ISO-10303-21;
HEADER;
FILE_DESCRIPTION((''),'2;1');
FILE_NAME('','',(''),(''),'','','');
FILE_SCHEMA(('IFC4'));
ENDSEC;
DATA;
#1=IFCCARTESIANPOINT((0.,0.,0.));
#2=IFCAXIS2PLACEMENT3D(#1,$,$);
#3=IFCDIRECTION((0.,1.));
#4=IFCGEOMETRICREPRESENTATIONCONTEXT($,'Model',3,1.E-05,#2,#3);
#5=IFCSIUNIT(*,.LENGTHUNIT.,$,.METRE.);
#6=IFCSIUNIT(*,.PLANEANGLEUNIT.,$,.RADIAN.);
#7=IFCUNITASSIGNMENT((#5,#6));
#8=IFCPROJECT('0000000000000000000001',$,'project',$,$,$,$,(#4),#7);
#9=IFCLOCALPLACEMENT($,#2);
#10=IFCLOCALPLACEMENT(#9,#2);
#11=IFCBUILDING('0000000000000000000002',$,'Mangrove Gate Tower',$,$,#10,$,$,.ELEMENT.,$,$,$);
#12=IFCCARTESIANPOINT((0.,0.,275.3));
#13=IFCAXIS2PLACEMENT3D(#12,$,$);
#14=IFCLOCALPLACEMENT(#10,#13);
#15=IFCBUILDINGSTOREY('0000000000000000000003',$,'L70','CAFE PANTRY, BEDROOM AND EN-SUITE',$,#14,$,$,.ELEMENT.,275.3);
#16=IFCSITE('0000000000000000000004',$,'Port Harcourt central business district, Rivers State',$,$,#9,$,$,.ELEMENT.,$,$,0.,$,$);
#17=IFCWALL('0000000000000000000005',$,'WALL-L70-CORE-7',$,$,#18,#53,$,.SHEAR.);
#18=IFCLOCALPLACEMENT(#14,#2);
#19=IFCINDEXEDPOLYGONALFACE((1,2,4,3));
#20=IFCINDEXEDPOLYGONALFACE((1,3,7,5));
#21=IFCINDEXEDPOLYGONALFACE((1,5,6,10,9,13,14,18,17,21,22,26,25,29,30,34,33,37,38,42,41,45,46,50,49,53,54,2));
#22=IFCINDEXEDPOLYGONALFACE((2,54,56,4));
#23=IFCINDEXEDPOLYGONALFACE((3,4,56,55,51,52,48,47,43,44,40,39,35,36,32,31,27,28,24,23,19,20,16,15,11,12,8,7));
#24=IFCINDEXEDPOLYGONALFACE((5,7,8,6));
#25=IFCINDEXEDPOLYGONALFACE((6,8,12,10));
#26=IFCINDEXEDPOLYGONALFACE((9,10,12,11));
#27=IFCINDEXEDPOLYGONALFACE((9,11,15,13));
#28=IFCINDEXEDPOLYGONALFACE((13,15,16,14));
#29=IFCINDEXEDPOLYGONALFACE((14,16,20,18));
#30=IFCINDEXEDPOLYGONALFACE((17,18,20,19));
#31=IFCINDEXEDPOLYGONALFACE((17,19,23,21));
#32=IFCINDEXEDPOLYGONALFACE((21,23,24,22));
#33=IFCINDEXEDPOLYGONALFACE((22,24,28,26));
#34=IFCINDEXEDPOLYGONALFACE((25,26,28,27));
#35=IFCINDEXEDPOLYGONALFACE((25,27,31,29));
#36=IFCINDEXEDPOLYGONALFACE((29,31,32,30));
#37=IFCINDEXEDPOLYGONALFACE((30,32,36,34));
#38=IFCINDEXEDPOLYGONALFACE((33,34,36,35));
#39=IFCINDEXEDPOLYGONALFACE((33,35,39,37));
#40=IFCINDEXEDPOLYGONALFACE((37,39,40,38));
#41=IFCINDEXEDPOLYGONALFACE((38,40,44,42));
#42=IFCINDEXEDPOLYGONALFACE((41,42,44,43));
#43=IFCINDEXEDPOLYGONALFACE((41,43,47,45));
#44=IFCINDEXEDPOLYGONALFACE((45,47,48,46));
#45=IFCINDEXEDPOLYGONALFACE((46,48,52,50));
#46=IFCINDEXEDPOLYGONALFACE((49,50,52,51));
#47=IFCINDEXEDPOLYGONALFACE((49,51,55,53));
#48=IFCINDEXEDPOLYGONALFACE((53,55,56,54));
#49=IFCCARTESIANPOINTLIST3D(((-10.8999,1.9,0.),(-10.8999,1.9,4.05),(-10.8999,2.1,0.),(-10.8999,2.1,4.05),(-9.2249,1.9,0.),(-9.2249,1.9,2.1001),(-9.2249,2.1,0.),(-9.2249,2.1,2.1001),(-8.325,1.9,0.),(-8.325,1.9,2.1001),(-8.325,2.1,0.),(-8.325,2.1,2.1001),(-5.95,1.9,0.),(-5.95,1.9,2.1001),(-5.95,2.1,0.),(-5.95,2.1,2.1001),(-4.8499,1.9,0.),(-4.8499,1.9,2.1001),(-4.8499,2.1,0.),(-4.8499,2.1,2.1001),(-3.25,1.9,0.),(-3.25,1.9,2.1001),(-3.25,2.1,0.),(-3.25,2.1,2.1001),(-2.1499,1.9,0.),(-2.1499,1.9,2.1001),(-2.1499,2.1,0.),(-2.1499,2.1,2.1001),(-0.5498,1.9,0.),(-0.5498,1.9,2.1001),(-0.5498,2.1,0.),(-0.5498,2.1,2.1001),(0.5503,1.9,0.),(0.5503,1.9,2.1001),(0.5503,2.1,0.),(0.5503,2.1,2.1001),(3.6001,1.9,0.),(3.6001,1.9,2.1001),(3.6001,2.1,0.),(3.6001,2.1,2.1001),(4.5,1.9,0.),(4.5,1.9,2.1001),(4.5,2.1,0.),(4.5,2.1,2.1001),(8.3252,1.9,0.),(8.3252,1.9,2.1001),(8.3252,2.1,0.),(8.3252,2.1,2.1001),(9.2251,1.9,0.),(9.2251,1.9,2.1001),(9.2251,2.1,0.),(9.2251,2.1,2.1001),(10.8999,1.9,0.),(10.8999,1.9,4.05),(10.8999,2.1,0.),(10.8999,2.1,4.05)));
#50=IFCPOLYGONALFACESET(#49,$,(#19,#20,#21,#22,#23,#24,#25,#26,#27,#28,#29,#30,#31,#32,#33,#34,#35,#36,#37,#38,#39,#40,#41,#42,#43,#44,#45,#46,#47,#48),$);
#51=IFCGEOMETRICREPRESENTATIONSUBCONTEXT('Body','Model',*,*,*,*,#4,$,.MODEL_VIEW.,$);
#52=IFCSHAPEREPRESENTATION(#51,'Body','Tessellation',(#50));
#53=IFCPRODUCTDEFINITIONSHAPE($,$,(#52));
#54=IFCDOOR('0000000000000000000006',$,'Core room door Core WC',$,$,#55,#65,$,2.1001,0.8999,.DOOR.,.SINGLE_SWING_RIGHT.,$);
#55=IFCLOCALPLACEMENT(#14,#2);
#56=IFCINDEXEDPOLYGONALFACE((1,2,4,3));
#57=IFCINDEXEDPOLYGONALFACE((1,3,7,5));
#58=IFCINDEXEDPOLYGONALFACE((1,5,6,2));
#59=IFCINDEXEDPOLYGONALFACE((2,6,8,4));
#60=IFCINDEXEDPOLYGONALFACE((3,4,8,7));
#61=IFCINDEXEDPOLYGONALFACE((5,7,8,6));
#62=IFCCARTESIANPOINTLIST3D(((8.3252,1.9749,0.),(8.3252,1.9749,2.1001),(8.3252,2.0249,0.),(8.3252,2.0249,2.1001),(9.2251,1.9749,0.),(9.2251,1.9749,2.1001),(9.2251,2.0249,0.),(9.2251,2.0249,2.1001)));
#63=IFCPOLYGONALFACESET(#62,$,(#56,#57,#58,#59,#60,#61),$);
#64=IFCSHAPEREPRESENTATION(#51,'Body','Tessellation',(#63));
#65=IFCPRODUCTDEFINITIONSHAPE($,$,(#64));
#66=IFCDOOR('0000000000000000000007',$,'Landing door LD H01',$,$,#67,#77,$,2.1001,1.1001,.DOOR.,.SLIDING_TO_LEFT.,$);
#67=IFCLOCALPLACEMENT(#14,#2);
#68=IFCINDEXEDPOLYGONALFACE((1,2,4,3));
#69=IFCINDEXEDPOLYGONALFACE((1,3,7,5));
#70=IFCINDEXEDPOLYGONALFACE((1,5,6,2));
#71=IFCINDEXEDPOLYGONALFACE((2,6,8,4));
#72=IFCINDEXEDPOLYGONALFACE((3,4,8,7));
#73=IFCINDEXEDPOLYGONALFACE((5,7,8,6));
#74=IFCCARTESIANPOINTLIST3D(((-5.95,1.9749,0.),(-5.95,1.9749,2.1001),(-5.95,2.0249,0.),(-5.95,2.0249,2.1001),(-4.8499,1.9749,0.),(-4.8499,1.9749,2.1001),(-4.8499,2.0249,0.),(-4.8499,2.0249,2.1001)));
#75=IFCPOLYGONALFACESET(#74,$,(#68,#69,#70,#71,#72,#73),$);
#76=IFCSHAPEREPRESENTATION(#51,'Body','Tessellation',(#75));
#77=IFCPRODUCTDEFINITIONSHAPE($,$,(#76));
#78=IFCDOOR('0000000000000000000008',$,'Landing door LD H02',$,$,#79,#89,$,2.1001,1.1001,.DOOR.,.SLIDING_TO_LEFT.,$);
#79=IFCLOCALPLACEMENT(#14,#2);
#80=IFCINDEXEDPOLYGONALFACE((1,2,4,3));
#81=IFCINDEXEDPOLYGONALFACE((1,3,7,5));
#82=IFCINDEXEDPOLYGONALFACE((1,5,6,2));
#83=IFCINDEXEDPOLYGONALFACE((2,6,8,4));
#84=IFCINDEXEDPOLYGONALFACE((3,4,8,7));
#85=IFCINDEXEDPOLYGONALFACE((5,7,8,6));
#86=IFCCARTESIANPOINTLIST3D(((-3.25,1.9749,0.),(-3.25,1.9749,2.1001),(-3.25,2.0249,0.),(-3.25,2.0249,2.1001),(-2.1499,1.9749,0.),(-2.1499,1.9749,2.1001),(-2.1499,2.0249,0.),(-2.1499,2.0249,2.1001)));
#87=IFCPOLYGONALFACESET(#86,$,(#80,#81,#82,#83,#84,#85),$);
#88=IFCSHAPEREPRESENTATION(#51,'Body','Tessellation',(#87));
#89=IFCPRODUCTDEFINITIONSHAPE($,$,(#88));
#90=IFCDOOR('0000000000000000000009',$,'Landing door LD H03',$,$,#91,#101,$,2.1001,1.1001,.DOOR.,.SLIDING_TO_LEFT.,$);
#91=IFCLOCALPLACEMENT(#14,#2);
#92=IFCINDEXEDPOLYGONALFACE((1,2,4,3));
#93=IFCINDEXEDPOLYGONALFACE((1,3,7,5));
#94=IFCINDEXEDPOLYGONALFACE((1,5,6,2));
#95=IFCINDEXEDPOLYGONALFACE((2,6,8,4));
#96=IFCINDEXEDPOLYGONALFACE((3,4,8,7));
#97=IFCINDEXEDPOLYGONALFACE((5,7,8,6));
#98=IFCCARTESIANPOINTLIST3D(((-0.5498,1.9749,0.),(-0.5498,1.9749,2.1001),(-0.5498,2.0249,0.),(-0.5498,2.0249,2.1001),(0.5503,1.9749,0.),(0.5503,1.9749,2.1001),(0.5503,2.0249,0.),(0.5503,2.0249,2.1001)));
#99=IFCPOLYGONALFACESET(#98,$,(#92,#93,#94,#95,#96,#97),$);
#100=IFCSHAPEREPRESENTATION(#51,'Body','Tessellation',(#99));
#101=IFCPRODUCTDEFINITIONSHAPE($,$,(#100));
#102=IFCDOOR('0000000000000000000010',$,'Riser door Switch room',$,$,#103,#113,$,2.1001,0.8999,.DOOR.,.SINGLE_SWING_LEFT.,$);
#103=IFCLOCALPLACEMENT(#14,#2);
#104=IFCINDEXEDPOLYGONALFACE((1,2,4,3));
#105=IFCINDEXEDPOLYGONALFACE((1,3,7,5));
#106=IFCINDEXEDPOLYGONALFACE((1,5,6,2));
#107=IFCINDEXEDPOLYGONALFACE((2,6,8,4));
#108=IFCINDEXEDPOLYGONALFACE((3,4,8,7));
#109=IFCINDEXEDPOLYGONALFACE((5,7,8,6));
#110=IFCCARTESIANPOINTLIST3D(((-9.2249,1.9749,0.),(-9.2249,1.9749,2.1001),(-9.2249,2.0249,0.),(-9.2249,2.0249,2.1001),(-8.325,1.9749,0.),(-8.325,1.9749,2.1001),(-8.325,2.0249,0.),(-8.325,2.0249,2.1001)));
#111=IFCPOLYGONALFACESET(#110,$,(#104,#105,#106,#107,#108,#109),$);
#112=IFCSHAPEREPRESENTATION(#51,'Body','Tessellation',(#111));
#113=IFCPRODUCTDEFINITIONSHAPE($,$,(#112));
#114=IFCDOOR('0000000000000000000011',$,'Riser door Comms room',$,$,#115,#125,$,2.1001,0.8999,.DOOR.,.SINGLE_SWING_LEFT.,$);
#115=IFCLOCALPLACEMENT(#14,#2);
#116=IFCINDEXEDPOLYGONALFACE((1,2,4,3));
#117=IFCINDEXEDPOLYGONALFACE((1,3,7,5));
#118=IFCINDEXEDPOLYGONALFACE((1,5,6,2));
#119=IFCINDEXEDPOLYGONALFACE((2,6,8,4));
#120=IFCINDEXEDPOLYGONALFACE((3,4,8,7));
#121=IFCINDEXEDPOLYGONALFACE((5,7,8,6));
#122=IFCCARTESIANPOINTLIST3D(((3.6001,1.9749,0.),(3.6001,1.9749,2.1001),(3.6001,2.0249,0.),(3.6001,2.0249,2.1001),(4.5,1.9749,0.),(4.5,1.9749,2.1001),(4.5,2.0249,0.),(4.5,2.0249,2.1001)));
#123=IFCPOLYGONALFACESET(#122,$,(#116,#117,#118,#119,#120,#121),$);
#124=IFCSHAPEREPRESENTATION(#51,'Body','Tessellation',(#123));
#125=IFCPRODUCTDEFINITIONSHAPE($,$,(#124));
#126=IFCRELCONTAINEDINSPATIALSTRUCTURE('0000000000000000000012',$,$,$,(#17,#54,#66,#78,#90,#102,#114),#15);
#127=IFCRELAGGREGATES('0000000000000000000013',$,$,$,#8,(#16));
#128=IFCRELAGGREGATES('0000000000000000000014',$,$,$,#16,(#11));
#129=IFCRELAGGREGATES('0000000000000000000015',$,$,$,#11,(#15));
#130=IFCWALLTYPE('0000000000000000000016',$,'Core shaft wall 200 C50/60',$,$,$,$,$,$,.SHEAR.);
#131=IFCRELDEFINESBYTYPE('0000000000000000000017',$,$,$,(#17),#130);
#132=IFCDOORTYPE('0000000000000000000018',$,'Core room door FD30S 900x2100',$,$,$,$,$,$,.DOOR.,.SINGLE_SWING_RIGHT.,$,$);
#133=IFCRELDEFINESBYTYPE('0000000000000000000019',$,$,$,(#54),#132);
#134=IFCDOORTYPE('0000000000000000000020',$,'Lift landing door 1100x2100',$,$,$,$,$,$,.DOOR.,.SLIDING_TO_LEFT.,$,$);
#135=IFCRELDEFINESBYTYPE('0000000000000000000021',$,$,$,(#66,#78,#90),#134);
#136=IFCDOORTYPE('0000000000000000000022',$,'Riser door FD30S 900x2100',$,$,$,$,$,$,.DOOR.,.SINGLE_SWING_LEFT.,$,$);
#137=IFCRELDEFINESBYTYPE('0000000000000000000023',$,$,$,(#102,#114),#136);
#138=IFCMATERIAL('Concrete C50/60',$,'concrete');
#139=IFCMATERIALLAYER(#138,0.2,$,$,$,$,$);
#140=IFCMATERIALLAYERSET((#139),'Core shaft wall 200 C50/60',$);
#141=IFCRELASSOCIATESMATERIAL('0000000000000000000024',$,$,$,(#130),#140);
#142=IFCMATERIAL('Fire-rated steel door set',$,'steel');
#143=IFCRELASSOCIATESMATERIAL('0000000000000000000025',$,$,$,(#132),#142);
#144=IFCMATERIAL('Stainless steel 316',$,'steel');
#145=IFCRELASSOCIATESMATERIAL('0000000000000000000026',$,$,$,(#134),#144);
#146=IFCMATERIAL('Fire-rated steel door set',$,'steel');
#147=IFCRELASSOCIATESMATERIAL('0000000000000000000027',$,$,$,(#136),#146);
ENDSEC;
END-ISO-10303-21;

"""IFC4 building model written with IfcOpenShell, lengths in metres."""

from ifc_helpers import new_model, si_unit, direction, frame, frame_2d, origin, place, context, subcontext, project, spatial, rectangle, extrude, material, layer, layer_set, type_object, element, fill, save


model = new_model("IFC4")

# Units and contexts
model_context = context("Model", 3, precision=1e-05, world=origin(), true_north=direction((0.0, 1.0)))
body_context = subcontext(model_context, "Body", "Model", "MODEL_VIEW")
ifc_project = project(units=[si_unit("LENGTHUNIT", "METRE"), si_unit("PLANEANGLEUNIT", "RADIAN")], contexts=[model_context])

# Site, building, storey
site_placement = place(None, origin())
site = spatial("IfcSite", under=ifc_project, at=site_placement, Name="Port Harcourt central business district, Rivers State", CompositionType="ELEMENT", RefElevation=0.0)
building_placement = place(site_placement, origin())
building = spatial("IfcBuilding", under=site, at=building_placement, Name="Mangrove Gate Tower", CompositionType="ELEMENT")
storey_placement = place(building_placement, frame((0.0, 0.0, 275.3)))
storey = spatial("IfcBuildingStorey", under=building, at=storey_placement, Name="L70", Description="CAFE PANTRY, BEDROOM AND EN-SUITE", CompositionType="ELEMENT", Elevation=275.3)

# Shared definitions
ifc_material_1 = material(Name="Concrete C50/60", Category="concrete")
ifc_layer_1 = layer(ifc_material_1, 0.2)
ifc_layer_set_1 = layer_set([ifc_layer_1], Name="Core shaft wall 200 C50/60")
wall_type_1 = type_object("IfcWallType", Name="Core shaft wall 200 C50/60", PredefinedType="SHEAR", material=ifc_layer_set_1)

# Wall, openings, doors
wall_1_placement = place(storey_placement, frame((-10.8999, 2.0, 0.0), z_axis=(0.0, 0.0, 1.0), x_axis=(1.0, 0.0, 0.0)))
wall_1 = element("IfcWall", 1, at=wall_1_placement, inside=storey, type_object=wall_type_1, Name="WALL-L70-CORE-7", PredefinedType="SHEAR", context=body_context, shape_type="SweptSolid", body=[
    extrude(rectangle(XDim=21.7998, YDim=0.2, at=frame_2d((10.8999, 0.0))), origin(), (0.0, 0.0, 1.0), 4.05),
])
opening_1_placement = place(wall_1_placement, frame((4.95, 0.0, 0.0)))
opening_1 = element("IfcOpeningElement", 2, at=opening_1_placement, cuts=wall_1, PredefinedType="OPENING", context=body_context, shape_type="SweptSolid", body=[
    extrude(rectangle(XDim=1.1001, YDim=2.1001, at=frame_2d((0.55, 1.05))), frame((0.0, 0.1099, 0.0), z_axis=(0.0, -1.0, 0.0), x_axis=(1.0, 0.0, 0.0)), (0.0, 0.0, 1.0), 0.22),
])
opening_2_placement = place(wall_1_placement, frame((7.6499, 0.0, 0.0)))
opening_2 = element("IfcOpeningElement", 3, at=opening_2_placement, cuts=wall_1, PredefinedType="OPENING", context=body_context, shape_type="SweptSolid", body=[
    extrude(rectangle(XDim=1.1001, YDim=2.1001, at=frame_2d((0.55, 1.05))), frame((0.0, 0.1099, 0.0), z_axis=(0.0, -1.0, 0.0), x_axis=(1.0, 0.0, 0.0)), (0.0, 0.0, 1.0), 0.22),
])
opening_3_placement = place(wall_1_placement, frame((10.3501, 0.0, 0.0)))
opening_3 = element("IfcOpeningElement", 4, at=opening_3_placement, cuts=wall_1, PredefinedType="OPENING", context=body_context, shape_type="SweptSolid", body=[
    extrude(rectangle(XDim=1.1001, YDim=2.1001, at=frame_2d((0.55, 1.05))), frame((0.0, 0.1099, 0.0), z_axis=(0.0, -1.0, 0.0), x_axis=(1.0, 0.0, 0.0)), (0.0, 0.0, 1.0), 0.22),
])
opening_4_placement = place(wall_1_placement, frame((1.675, 0.0, 0.0)))
opening_4 = element("IfcOpeningElement", 5, at=opening_4_placement, cuts=wall_1, PredefinedType="OPENING", context=body_context, shape_type="SweptSolid", body=[
    extrude(rectangle(XDim=0.8999, YDim=2.1001, at=frame_2d((0.45, 1.05))), frame((0.0, 0.1099, 0.0), z_axis=(0.0, -1.0, 0.0), x_axis=(1.0, 0.0, 0.0)), (0.0, 0.0, 1.0), 0.22),
])
opening_5_placement = place(wall_1_placement, frame((14.5, 0.0, 0.0)))
opening_5 = element("IfcOpeningElement", 6, at=opening_5_placement, cuts=wall_1, PredefinedType="OPENING", context=body_context, shape_type="SweptSolid", body=[
    extrude(rectangle(XDim=0.8999, YDim=2.1001, at=frame_2d((0.45, 1.05))), frame((0.0, 0.1099, 0.0), z_axis=(0.0, -1.0, 0.0), x_axis=(1.0, 0.0, 0.0)), (0.0, 0.0, 1.0), 0.22),
])
opening_6_placement = place(wall_1_placement, frame((19.2251, 0.0, 0.0)))
opening_6 = element("IfcOpeningElement", 7, at=opening_6_placement, cuts=wall_1, PredefinedType="OPENING", context=body_context, shape_type="SweptSolid", body=[
    extrude(rectangle(XDim=0.8999, YDim=2.1001, at=frame_2d((0.45, 1.05))), frame((0.0, 0.1099, 0.0), z_axis=(0.0, -1.0, 0.0), x_axis=(1.0, 0.0, 0.0)), (0.0, 0.0, 1.0), 0.22),
])
ifc_material_2 = material(Name="Fire-rated steel door set", Category="steel")
door_type_1 = type_object("IfcDoorType", Name="Core room door FD30S 900x2100", OperationType="SINGLE_SWING_RIGHT", PredefinedType="DOOR", material=ifc_material_2)
door_1_placement = place(opening_6_placement, origin())
door_1 = element("IfcDoor", 8, at=door_1_placement, inside=storey, type_object=door_type_1, Name="Core room door Core WC", OperationType="SINGLE_SWING_RIGHT", OverallHeight=2.1001, OverallWidth=0.8999, PredefinedType="DOOR", context=body_context, shape_type="SweptSolid", body=[
    extrude(rectangle(XDim=0.8999, YDim=2.1001, at=frame_2d((0.45, 1.05))), frame((0.0, 0.0249, 0.0), z_axis=(0.0, -1.0, 0.0), x_axis=(1.0, 0.0, 0.0)), (0.0, 0.0, 1.0), 0.05),
])
fill(opening_6, door_1)
ifc_material_3 = material(Name="Stainless steel 316", Category="steel")
door_type_2 = type_object("IfcDoorType", Name="Lift landing door 1100x2100", OperationType="SLIDING_TO_LEFT", PredefinedType="DOOR", material=ifc_material_3)
door_2_placement = place(opening_1_placement, origin())
door_2 = element("IfcDoor", 9, at=door_2_placement, inside=storey, type_object=door_type_2, Name="Landing door LD H01", OperationType="SLIDING_TO_LEFT", OverallHeight=2.1001, OverallWidth=1.1001, PredefinedType="DOOR", context=body_context, shape_type="SweptSolid", body=[
    extrude(rectangle(XDim=1.1001, YDim=2.1001, at=frame_2d((0.55, 1.05))), frame((0.0, 0.0249, 0.0), z_axis=(0.0, -1.0, 0.0), x_axis=(1.0, 0.0, 0.0)), (0.0, 0.0, 1.0), 0.05),
])
fill(opening_1, door_2)
door_3_placement = place(opening_2_placement, origin())
door_3 = element("IfcDoor", 10, at=door_3_placement, inside=storey, type_object=door_type_2, Name="Landing door LD H02", OperationType="SLIDING_TO_LEFT", OverallHeight=2.1001, OverallWidth=1.1001, PredefinedType="DOOR", context=body_context, shape_type="SweptSolid", body=[
    extrude(rectangle(XDim=1.1001, YDim=2.1001, at=frame_2d((0.55, 1.05))), frame((0.0, 0.0249, 0.0), z_axis=(0.0, -1.0, 0.0), x_axis=(1.0, 0.0, 0.0)), (0.0, 0.0, 1.0), 0.05),
])
fill(opening_2, door_3)
door_4_placement = place(opening_3_placement, origin())
door_4 = element("IfcDoor", 11, at=door_4_placement, inside=storey, type_object=door_type_2, Name="Landing door LD H03", OperationType="SLIDING_TO_LEFT", OverallHeight=2.1001, OverallWidth=1.1001, PredefinedType="DOOR", context=body_context, shape_type="SweptSolid", body=[
    extrude(rectangle(XDim=1.1001, YDim=2.1001, at=frame_2d((0.55, 1.05))), frame((0.0, 0.0249, 0.0), z_axis=(0.0, -1.0, 0.0), x_axis=(1.0, 0.0, 0.0)), (0.0, 0.0, 1.0), 0.05),
])
fill(opening_3, door_4)
ifc_material_4 = material(Name="Fire-rated steel door set", Category="steel")
door_type_3 = type_object("IfcDoorType", Name="Riser door FD30S 900x2100", OperationType="SINGLE_SWING_LEFT", PredefinedType="DOOR", material=ifc_material_4)
door_5_placement = place(opening_4_placement, origin())
door_5 = element("IfcDoor", 12, at=door_5_placement, inside=storey, type_object=door_type_3, Name="Riser door Switch room", OperationType="SINGLE_SWING_LEFT", OverallHeight=2.1001, OverallWidth=0.8999, PredefinedType="DOOR", context=body_context, shape_type="SweptSolid", body=[
    extrude(rectangle(XDim=0.8999, YDim=2.1001, at=frame_2d((0.45, 1.05))), frame((0.0, 0.0249, 0.0), z_axis=(0.0, -1.0, 0.0), x_axis=(1.0, 0.0, 0.0)), (0.0, 0.0, 1.0), 0.05),
])
fill(opening_4, door_5)
door_6_placement = place(opening_5_placement, origin())
door_6 = element("IfcDoor", 13, at=door_6_placement, inside=storey, type_object=door_type_3, Name="Riser door Comms room", OperationType="SINGLE_SWING_LEFT", OverallHeight=2.1001, OverallWidth=0.8999, PredefinedType="DOOR", context=body_context, shape_type="SweptSolid", body=[
    extrude(rectangle(XDim=0.8999, YDim=2.1001, at=frame_2d((0.45, 1.05))), frame((0.0, 0.0249, 0.0), z_axis=(0.0, -1.0, 0.0), x_axis=(1.0, 0.0, 0.0)), (0.0, 0.0, 1.0), 0.05),
])
fill(opening_5, door_6)

save(model, "model.ifc")
